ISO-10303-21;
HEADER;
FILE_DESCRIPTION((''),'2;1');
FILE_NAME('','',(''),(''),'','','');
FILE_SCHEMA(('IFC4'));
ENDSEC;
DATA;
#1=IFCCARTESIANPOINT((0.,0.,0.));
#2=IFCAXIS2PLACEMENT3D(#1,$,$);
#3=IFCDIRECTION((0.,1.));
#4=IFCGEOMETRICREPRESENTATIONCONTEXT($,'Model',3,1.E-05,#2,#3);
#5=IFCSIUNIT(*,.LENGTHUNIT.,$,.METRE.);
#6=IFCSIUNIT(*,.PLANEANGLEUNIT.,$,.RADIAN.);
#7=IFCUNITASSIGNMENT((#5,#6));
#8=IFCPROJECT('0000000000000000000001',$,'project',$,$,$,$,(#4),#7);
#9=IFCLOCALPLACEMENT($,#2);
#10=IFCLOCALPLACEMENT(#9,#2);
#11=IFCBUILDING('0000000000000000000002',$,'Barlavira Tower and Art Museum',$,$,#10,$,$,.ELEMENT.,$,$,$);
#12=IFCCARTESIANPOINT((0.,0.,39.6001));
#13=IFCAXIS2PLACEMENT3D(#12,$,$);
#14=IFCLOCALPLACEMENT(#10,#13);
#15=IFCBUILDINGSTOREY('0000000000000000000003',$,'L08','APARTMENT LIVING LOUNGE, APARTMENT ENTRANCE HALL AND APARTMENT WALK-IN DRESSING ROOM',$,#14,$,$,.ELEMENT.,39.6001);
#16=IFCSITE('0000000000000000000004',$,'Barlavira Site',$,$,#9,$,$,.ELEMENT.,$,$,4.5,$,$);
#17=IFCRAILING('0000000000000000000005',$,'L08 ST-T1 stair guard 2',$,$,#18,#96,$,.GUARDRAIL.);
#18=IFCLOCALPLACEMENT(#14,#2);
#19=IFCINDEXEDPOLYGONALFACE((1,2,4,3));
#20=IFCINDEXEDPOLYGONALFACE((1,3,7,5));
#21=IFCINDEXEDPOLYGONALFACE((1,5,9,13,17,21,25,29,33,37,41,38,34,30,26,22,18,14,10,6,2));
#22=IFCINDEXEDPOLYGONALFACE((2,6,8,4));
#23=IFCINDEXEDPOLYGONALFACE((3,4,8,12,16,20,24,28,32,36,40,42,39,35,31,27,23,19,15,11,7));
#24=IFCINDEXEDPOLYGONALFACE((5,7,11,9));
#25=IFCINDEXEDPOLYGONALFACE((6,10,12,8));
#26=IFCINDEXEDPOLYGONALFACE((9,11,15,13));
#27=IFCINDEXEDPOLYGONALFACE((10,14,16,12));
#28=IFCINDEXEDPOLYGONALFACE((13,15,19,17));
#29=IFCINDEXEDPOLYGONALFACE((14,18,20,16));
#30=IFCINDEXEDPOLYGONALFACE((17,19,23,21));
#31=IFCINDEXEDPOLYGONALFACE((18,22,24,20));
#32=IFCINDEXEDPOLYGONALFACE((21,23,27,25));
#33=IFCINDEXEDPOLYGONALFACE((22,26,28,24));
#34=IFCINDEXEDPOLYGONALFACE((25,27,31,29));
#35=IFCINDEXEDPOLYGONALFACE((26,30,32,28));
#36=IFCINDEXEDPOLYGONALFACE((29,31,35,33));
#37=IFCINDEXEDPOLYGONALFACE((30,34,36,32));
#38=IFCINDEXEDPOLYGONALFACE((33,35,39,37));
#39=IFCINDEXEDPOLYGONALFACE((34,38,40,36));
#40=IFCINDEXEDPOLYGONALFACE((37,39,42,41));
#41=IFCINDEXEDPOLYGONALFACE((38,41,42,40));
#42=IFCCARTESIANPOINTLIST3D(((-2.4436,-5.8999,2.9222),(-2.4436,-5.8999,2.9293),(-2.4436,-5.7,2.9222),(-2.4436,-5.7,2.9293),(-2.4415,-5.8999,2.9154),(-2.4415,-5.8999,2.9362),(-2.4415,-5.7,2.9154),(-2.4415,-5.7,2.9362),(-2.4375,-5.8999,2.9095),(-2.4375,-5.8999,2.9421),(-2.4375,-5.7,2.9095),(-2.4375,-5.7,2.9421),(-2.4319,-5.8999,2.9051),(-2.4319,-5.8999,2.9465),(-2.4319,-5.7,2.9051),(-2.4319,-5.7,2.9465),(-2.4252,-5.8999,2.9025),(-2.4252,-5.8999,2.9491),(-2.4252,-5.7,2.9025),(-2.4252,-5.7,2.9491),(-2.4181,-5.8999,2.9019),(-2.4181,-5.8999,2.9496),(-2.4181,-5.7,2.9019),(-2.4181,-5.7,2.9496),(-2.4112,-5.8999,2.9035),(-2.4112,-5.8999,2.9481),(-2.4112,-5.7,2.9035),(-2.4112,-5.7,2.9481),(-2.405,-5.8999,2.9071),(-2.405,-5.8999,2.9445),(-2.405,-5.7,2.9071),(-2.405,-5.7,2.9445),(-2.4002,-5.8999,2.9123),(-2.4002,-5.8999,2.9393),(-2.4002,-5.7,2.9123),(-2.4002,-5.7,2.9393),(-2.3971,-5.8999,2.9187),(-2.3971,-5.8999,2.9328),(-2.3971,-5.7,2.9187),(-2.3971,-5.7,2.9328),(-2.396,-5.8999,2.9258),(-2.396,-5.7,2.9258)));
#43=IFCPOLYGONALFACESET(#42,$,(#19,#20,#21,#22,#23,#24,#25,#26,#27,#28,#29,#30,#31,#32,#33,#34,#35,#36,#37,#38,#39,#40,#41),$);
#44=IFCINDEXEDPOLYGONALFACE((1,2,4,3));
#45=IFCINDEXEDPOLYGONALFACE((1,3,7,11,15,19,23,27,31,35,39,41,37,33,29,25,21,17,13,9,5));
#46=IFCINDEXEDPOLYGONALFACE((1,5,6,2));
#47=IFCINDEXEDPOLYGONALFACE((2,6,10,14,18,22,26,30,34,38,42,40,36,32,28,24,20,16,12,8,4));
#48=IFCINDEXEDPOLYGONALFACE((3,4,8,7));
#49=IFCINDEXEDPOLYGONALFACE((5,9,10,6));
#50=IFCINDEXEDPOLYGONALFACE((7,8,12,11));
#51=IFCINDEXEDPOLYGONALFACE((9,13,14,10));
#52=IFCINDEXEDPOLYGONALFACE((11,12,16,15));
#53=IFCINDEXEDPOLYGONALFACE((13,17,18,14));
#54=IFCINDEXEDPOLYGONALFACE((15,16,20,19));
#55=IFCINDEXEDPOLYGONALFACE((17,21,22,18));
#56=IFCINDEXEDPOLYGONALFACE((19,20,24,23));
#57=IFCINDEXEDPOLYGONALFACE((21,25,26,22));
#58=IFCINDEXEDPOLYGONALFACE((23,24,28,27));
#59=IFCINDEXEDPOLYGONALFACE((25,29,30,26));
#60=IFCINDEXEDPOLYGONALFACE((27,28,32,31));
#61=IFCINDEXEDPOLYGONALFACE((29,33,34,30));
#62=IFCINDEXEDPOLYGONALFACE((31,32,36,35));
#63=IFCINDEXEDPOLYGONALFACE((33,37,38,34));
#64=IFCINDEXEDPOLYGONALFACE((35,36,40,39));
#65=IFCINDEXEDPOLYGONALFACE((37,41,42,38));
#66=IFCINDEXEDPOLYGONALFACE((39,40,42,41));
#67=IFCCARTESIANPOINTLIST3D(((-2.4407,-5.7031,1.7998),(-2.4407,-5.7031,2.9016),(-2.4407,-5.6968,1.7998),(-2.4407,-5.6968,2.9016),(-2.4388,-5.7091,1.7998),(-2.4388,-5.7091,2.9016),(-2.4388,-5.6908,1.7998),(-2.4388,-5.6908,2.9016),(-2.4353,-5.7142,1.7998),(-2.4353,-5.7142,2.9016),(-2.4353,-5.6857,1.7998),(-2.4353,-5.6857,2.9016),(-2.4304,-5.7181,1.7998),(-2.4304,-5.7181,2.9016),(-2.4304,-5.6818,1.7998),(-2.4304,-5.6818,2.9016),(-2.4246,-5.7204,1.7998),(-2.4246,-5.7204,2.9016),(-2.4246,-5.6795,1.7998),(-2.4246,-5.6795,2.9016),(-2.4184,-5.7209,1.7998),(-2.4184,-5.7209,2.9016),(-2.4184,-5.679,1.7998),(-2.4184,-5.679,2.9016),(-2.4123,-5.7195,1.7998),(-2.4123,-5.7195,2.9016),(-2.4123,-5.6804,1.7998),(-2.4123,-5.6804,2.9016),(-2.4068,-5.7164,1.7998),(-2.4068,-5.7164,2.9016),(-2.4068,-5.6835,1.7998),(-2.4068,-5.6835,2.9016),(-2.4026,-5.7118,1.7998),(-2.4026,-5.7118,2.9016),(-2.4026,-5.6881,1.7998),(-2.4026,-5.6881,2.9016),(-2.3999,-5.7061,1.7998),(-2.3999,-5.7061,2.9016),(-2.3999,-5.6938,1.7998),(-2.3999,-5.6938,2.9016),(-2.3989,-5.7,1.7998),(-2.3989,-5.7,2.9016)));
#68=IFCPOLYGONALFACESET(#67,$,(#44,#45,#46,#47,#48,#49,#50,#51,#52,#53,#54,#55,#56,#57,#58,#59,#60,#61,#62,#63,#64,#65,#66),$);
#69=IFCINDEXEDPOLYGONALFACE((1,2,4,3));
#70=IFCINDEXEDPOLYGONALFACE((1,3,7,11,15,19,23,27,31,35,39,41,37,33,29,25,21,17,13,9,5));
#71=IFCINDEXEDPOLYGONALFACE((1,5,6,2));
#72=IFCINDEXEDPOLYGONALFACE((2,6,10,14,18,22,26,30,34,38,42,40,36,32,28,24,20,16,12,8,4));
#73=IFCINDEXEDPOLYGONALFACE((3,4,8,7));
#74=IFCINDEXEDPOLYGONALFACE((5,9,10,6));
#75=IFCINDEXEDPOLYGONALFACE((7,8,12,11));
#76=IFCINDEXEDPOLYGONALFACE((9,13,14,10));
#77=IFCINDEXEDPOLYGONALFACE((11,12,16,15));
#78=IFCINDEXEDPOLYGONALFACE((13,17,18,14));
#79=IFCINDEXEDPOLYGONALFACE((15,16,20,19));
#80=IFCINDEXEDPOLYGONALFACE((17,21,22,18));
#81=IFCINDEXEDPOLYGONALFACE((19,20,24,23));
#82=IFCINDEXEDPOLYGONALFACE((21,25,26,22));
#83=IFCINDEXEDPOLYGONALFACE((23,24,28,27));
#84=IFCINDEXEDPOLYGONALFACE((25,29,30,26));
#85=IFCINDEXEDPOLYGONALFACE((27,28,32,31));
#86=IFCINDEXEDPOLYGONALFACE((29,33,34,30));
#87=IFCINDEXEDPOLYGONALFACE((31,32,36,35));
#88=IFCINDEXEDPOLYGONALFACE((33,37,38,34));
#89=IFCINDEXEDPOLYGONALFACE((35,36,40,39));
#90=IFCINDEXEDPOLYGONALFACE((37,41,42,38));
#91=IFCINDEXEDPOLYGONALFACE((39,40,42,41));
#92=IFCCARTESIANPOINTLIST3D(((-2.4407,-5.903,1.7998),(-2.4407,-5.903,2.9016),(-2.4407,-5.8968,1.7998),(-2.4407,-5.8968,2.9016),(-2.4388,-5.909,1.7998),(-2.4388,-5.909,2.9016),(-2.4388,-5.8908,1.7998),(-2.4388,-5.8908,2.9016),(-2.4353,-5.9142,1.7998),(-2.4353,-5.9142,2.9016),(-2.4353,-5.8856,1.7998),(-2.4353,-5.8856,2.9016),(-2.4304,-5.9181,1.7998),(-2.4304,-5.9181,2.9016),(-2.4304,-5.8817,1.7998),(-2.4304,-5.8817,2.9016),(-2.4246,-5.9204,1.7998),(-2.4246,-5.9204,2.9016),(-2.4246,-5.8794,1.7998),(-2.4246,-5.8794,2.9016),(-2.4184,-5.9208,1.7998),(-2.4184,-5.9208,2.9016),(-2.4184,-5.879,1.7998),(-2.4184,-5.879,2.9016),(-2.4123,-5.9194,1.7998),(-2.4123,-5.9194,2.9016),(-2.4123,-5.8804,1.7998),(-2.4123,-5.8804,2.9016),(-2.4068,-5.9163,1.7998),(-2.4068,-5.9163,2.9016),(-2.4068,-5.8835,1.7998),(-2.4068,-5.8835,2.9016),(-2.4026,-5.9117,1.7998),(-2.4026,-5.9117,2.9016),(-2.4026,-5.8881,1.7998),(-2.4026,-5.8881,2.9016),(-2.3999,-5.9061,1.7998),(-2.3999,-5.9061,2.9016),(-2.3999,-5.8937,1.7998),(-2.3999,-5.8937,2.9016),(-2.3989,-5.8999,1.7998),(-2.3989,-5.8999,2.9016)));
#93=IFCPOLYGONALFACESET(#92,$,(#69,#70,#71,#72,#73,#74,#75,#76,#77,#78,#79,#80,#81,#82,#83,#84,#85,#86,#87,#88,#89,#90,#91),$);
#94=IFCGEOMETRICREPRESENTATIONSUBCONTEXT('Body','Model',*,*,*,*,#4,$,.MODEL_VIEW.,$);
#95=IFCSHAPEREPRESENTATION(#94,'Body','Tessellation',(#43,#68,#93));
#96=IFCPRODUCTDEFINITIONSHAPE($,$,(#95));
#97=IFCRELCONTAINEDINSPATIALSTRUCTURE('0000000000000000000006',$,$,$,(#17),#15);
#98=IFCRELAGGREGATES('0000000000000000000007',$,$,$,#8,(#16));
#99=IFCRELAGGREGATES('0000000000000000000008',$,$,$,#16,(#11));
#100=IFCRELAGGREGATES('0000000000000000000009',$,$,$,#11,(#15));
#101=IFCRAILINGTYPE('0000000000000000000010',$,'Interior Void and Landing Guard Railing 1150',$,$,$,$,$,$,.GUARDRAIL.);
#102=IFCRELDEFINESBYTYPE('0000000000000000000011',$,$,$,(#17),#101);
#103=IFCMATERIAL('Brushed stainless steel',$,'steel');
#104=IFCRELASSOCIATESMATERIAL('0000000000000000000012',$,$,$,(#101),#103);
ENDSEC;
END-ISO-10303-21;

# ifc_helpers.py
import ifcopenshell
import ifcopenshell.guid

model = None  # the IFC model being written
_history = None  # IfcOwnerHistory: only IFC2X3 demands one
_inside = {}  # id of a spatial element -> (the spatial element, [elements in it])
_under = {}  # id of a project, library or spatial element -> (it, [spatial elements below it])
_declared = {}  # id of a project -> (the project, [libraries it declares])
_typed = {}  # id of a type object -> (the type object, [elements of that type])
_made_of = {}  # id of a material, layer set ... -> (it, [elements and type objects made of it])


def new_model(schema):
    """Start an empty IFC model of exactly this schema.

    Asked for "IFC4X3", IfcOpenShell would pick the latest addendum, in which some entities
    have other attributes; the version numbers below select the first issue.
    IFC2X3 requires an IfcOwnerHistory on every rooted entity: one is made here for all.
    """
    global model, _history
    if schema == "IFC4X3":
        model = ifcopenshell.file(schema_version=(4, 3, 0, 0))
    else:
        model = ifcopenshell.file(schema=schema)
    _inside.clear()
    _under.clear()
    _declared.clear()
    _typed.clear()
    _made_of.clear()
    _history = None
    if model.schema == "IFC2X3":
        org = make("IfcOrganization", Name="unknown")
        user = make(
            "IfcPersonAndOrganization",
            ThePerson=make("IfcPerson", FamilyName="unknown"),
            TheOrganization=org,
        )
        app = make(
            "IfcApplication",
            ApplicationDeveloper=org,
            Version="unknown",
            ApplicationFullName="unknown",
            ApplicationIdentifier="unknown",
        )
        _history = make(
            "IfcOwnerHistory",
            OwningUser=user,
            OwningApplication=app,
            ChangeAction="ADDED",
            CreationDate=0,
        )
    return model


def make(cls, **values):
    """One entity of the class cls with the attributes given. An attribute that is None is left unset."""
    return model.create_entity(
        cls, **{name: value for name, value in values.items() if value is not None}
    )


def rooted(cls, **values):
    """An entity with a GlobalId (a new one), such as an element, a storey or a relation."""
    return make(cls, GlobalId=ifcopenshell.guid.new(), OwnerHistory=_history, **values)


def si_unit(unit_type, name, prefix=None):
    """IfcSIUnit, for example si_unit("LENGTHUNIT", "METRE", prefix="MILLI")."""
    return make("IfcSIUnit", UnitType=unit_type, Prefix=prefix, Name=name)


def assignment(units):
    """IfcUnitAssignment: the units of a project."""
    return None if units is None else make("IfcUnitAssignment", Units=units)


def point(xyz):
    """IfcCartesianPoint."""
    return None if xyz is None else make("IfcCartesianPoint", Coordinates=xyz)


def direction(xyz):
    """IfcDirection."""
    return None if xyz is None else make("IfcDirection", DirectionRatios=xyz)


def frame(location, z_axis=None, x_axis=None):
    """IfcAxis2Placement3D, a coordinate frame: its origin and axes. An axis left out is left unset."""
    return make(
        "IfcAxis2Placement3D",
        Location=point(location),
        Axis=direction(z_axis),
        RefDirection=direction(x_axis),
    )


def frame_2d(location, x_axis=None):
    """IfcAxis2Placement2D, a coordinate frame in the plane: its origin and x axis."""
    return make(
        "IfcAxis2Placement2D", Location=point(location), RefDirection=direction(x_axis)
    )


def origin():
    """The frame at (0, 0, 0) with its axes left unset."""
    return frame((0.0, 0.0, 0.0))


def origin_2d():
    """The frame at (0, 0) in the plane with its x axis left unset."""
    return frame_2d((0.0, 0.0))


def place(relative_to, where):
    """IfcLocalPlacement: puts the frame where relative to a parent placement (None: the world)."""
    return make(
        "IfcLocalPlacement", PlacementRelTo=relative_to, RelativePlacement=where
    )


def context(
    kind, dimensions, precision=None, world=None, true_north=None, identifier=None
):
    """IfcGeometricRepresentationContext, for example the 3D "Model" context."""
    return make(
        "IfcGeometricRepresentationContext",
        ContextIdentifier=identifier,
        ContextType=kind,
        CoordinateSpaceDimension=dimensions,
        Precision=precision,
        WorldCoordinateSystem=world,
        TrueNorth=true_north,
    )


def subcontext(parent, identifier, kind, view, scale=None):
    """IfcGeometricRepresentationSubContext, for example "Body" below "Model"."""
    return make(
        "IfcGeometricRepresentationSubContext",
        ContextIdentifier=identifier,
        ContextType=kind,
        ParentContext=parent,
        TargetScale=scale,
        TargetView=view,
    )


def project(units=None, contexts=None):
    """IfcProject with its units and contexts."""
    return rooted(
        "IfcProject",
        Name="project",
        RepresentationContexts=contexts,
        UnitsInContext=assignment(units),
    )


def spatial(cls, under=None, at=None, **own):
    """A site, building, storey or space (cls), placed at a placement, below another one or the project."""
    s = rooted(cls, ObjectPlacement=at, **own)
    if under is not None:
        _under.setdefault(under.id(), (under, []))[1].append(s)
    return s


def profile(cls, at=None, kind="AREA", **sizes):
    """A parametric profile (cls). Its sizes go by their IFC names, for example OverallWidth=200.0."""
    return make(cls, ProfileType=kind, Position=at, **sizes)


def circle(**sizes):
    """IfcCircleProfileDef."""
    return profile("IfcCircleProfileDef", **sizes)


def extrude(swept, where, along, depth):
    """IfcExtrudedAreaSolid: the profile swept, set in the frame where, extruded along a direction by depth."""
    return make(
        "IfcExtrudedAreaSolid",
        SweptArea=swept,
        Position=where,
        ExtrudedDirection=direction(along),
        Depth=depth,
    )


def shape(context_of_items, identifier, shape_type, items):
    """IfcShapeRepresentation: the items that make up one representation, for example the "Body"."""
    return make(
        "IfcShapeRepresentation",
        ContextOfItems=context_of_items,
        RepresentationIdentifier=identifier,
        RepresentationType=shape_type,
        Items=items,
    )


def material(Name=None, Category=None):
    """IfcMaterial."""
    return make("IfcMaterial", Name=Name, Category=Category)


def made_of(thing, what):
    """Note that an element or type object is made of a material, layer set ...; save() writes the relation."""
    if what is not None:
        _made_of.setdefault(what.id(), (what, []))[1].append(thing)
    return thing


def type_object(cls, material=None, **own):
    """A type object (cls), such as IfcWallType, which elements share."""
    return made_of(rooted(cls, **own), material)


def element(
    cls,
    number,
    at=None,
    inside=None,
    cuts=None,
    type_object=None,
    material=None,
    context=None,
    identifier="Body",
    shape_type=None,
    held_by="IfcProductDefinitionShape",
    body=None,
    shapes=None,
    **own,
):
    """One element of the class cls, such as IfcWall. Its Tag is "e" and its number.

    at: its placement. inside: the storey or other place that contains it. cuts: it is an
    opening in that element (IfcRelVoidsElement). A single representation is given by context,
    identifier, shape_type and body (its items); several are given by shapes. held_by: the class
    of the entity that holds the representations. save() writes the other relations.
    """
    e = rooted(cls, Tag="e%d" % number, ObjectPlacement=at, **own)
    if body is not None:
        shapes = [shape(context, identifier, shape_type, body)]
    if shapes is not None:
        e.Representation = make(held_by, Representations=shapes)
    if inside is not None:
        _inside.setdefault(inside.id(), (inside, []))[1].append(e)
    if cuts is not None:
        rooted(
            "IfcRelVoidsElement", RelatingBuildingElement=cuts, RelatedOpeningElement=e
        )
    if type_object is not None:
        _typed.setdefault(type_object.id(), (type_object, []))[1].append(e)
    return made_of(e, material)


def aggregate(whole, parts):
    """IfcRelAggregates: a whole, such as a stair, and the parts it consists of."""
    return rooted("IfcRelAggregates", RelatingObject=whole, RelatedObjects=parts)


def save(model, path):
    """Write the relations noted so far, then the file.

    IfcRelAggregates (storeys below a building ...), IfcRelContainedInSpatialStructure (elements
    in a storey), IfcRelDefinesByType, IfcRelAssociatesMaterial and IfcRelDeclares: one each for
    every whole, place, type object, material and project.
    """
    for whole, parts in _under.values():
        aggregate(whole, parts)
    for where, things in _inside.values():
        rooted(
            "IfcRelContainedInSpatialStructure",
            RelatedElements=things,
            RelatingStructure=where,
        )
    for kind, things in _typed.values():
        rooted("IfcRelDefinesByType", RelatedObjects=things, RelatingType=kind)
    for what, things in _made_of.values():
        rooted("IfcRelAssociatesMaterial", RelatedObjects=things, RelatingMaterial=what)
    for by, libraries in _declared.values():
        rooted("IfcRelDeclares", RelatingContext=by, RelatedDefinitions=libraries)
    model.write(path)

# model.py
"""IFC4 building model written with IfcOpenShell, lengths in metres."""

from ifc_helpers import new_model, si_unit, direction, frame, origin, origin_2d, place, context, subcontext, project, spatial, circle, extrude, material, type_object, element, save


model = new_model("IFC4")

# Units and contexts
model_context = context("Model", 3, precision=1e-05, world=origin(), true_north=direction((0.0, 1.0)))
body_context = subcontext(model_context, "Body", "Model", "MODEL_VIEW")
ifc_project = project(units=[si_unit("LENGTHUNIT", "METRE"), si_unit("PLANEANGLEUNIT", "RADIAN")], contexts=[model_context])

# Site, building, storey
site_placement = place(None, origin())
site = spatial("IfcSite", under=ifc_project, at=site_placement, Name="Barlavira Site", CompositionType="ELEMENT", RefElevation=4.5)
building_placement = place(site_placement, origin())
building = spatial("IfcBuilding", under=site, at=building_placement, Name="Barlavira Tower and Art Museum", CompositionType="ELEMENT")
storey_placement = place(building_placement, frame((0.0, 0.0, 39.6001)))
storey = spatial("IfcBuildingStorey", under=building, at=storey_placement, Name="L08", Description="APARTMENT LIVING LOUNGE, APARTMENT ENTRANCE HALL AND APARTMENT WALK-IN DRESSING ROOM", CompositionType="ELEMENT", Elevation=39.6001)

# Shared definitions
ifc_material_1 = material(Name="Brushed stainless steel", Category="steel")

# Railing
railing_type_1 = type_object("IfcRailingType", Name="Interior Void and Landing Guard Railing 1150", PredefinedType="GUARDRAIL", material=ifc_material_1)
railing_1_placement = place(storey_placement, frame((-2.4199, -5.7, 1.7998)))
element("IfcRailing", 1, at=railing_1_placement, inside=storey, type_object=railing_type_1, Name="L08 ST-T1 stair guard 2", PredefinedType="GUARDRAIL", context=body_context, shape_type="SweptSolid", body=[
    extrude(circle(Radius=0.0239, at=origin_2d()), frame((0.0, 0.0, 1.126), z_axis=(0.0, -1.0, 0.0), x_axis=(1.0, 0.0, 0.0)), (0.0, 0.0, 1.0), 0.2),
    extrude(circle(Radius=0.021, at=origin_2d()), origin(), (0.0, 0.0, 1.0), 1.1018),
    extrude(circle(Radius=0.021, at=origin_2d()), frame((0.0, -0.2, 0.0)), (0.0, 0.0, 1.0), 1.1018),
])

save(model, "model.ifc")
